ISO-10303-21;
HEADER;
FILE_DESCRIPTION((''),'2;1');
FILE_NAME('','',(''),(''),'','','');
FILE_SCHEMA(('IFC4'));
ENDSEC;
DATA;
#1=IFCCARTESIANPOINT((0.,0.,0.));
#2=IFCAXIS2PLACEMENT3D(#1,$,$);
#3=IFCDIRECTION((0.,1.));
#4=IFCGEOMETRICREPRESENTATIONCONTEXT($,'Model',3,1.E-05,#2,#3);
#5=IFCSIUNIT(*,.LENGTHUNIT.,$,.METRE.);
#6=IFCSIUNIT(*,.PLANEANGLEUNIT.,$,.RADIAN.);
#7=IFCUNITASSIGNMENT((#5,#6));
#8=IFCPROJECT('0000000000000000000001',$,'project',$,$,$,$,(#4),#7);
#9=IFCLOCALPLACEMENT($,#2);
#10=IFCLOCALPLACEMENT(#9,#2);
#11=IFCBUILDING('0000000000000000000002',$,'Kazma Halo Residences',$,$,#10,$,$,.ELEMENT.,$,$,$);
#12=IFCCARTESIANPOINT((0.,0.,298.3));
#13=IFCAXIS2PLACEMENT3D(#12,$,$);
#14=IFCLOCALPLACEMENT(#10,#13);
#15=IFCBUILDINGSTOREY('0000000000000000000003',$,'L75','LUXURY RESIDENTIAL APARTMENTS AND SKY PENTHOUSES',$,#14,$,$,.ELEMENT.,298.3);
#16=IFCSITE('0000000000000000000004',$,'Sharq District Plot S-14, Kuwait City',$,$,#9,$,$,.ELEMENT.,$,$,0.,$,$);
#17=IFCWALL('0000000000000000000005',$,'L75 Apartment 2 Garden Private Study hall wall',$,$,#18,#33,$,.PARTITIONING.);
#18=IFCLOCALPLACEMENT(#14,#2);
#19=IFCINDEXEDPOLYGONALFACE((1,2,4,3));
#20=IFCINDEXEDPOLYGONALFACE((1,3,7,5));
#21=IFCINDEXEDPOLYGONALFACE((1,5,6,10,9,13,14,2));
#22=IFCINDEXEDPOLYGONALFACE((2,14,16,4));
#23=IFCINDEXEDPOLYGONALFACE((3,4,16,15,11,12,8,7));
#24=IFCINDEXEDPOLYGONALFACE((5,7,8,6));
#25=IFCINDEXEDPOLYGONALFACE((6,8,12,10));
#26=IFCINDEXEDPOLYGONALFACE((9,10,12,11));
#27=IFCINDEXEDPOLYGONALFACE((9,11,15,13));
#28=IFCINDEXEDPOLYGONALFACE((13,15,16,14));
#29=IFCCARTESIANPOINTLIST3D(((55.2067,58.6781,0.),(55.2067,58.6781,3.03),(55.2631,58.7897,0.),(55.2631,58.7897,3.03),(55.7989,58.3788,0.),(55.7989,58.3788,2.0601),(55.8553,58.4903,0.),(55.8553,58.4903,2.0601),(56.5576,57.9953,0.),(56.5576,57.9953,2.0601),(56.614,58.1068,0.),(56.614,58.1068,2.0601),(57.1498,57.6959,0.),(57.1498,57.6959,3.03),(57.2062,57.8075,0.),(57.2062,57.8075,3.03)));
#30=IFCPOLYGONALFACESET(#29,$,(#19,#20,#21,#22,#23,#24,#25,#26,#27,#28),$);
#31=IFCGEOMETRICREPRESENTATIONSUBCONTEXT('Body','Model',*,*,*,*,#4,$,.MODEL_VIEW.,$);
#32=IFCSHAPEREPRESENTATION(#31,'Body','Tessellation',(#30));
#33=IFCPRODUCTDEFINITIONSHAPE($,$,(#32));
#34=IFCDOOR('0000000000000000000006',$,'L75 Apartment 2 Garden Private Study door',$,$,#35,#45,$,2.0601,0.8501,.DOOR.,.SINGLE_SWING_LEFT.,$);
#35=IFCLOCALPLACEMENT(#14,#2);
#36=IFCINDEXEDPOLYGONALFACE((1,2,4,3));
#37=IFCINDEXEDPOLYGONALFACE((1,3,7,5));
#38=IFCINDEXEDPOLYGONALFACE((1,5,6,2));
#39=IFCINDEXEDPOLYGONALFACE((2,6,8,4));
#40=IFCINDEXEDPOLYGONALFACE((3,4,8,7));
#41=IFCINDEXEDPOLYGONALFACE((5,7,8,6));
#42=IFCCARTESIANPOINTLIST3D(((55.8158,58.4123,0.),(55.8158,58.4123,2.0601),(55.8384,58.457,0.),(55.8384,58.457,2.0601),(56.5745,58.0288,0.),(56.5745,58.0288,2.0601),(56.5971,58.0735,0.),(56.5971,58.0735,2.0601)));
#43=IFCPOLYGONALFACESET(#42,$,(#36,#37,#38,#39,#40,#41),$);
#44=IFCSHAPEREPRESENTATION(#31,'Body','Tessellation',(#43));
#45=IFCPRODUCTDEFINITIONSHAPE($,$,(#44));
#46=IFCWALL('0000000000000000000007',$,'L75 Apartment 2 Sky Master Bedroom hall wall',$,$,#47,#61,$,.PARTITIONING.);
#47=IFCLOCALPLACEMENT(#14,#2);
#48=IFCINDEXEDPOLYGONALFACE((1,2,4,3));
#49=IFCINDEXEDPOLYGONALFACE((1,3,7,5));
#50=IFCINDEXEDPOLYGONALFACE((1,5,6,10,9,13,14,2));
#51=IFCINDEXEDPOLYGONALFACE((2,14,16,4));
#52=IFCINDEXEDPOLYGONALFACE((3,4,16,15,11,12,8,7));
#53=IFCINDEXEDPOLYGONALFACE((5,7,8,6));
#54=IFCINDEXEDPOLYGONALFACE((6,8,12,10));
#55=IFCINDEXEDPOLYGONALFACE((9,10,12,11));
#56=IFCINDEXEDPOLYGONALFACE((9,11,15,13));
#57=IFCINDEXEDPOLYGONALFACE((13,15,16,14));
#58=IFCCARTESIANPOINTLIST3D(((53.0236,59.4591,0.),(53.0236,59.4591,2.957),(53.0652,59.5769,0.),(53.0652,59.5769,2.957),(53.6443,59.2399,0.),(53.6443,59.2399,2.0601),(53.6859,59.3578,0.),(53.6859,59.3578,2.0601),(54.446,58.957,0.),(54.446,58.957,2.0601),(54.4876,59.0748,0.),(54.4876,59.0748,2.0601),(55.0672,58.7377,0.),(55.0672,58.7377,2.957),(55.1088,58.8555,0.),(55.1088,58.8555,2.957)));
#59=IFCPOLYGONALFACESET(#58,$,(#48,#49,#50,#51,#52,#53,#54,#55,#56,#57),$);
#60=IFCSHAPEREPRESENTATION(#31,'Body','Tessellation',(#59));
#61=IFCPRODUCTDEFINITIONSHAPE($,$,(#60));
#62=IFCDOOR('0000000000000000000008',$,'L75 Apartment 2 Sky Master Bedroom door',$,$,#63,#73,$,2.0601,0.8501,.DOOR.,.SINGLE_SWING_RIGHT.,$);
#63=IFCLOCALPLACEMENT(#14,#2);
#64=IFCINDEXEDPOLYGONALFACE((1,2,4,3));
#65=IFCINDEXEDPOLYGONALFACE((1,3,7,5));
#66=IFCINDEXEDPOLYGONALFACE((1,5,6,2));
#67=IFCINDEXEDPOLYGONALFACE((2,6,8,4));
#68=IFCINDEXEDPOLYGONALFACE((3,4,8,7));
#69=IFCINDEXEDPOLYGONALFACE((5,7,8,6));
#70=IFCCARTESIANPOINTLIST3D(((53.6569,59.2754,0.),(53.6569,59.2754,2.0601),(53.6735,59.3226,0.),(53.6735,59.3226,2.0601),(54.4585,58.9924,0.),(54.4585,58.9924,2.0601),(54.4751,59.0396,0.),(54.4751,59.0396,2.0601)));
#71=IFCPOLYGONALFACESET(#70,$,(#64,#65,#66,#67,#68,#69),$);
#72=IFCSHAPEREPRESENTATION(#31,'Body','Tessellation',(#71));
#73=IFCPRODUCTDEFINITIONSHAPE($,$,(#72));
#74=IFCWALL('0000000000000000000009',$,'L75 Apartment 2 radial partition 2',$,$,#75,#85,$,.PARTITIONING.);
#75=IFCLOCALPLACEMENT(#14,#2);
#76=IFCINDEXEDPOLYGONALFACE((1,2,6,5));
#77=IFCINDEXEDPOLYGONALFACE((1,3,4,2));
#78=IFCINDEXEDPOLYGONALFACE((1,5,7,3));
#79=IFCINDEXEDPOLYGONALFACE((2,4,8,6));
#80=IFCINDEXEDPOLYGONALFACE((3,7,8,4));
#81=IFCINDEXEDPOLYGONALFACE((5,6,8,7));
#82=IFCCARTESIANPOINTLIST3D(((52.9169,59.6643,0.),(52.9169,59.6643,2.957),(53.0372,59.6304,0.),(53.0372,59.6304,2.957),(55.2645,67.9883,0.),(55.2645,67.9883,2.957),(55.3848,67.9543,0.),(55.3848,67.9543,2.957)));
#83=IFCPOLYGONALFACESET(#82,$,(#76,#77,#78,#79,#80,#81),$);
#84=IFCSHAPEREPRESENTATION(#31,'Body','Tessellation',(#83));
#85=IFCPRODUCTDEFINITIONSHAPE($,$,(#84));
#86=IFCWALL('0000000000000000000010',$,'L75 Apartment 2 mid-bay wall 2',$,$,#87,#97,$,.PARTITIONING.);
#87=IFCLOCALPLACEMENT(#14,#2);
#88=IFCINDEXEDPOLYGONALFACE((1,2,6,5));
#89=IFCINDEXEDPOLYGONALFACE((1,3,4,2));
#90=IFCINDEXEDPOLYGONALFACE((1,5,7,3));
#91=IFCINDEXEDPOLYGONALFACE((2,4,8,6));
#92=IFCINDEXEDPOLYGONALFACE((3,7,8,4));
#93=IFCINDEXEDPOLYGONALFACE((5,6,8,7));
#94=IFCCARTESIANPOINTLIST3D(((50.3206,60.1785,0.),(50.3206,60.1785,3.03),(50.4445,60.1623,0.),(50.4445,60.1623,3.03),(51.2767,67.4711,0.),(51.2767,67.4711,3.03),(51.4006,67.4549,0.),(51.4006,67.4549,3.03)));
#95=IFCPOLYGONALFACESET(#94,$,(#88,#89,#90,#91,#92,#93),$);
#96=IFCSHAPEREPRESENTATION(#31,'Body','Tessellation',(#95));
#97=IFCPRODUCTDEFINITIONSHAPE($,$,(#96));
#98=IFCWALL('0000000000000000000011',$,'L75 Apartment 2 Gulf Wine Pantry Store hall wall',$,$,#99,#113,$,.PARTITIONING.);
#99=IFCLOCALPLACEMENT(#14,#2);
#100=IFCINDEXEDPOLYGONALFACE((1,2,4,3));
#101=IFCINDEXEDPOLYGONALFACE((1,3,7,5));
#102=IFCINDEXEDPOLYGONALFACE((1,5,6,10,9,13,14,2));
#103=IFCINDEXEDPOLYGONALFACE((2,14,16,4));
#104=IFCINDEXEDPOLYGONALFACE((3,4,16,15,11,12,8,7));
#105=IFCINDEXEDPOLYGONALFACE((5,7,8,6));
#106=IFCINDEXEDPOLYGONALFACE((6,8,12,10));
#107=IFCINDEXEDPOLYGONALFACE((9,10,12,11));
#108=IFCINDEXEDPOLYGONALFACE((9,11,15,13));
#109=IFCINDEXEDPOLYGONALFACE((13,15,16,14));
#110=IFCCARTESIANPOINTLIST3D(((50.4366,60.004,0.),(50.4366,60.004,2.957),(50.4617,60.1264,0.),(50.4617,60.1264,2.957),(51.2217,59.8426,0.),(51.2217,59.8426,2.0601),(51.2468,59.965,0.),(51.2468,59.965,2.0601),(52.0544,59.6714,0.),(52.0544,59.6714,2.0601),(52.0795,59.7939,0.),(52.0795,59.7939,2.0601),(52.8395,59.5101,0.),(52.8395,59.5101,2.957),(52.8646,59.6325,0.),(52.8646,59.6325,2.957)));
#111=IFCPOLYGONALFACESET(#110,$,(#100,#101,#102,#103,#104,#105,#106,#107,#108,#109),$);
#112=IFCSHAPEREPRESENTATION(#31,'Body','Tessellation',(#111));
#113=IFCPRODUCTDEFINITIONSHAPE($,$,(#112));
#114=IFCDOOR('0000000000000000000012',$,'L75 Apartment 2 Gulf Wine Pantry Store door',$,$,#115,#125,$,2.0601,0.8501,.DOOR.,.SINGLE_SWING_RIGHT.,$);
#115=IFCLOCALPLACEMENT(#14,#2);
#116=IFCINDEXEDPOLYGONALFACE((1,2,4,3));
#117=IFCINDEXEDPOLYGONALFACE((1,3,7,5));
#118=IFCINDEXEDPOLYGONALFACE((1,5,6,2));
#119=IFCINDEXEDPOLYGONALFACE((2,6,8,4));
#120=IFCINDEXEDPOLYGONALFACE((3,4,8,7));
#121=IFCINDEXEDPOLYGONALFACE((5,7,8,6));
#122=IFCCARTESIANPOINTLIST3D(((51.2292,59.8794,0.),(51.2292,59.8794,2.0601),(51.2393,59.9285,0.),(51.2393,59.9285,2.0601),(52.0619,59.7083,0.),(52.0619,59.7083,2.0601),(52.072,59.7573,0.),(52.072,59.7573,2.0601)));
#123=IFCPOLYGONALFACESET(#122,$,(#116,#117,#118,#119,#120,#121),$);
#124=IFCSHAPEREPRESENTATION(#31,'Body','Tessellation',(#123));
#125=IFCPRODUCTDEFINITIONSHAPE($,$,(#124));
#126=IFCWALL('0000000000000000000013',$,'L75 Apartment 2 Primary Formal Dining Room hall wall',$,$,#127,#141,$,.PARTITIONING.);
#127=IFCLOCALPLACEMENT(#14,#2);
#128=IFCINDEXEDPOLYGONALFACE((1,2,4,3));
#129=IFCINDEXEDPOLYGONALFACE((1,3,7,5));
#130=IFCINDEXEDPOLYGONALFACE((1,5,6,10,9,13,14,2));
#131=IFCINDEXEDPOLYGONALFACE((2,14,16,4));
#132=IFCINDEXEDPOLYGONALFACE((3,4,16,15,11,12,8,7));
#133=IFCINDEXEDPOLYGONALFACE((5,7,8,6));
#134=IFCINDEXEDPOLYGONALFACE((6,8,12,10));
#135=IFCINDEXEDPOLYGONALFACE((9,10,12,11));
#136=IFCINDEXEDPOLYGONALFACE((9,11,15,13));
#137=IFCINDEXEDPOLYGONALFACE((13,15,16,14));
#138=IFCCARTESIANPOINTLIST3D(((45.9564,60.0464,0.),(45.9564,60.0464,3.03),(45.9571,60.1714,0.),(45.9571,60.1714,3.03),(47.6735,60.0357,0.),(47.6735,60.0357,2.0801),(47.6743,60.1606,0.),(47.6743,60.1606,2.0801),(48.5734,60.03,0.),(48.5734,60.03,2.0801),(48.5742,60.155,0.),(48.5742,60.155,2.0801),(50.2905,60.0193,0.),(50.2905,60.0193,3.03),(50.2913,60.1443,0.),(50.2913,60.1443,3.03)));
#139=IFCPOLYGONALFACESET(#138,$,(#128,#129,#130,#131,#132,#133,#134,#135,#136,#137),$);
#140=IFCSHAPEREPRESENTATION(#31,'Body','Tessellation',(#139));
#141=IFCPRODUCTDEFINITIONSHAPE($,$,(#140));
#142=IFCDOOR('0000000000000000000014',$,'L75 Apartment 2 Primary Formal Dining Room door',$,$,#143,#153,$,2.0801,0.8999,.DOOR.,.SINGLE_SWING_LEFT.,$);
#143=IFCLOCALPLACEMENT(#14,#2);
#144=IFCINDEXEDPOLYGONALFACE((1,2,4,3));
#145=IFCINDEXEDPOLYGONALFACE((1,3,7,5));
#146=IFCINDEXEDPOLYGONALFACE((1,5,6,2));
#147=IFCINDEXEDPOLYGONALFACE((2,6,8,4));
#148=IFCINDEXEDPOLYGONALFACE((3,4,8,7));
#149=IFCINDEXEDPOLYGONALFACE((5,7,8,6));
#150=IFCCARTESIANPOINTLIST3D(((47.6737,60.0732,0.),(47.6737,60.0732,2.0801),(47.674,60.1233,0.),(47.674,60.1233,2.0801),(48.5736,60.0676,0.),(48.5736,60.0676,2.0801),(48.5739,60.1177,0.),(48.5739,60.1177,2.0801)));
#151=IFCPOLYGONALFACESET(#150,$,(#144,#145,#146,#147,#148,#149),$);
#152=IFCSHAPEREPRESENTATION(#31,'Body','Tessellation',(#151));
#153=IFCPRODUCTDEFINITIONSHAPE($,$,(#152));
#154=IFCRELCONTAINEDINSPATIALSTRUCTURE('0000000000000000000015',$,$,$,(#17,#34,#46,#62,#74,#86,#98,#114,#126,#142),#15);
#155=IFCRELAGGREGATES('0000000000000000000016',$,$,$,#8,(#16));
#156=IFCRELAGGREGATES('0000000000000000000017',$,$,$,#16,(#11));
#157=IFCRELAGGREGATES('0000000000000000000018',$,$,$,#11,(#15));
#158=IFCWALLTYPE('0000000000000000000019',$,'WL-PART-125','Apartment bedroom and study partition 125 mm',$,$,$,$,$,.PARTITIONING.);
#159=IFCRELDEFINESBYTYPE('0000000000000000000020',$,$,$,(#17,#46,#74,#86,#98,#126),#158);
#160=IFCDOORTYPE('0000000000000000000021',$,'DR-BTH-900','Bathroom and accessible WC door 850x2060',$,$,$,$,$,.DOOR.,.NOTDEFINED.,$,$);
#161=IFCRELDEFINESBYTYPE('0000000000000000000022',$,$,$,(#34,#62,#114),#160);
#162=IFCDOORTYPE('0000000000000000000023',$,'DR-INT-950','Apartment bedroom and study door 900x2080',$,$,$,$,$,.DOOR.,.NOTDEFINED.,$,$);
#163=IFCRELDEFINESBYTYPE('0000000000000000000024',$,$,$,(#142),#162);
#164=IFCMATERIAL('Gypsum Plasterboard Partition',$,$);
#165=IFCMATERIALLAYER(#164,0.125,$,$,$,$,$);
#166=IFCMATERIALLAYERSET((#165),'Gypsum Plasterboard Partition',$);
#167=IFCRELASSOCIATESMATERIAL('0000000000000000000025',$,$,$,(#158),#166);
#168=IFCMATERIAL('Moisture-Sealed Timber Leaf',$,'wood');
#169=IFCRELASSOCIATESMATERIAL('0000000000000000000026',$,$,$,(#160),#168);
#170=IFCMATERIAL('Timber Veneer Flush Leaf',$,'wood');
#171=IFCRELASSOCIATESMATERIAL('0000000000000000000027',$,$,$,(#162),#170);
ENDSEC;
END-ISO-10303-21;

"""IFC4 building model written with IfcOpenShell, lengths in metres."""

from ifc_helpers import new_model, si_unit, direction, frame, frame_2d, origin, place, context, subcontext, project, spatial, rectangle, extrude, material, layer, layer_set, type_object, element, fill, save


model = new_model("IFC4")

# Units and contexts
model_context = context("Model", 3, precision=1e-05, world=origin(), true_north=direction((0.0, 1.0)))
body_context = subcontext(model_context, "Body", "Model", "MODEL_VIEW")
ifc_project = project(units=[si_unit("LENGTHUNIT", "METRE"), si_unit("PLANEANGLEUNIT", "RADIAN")], contexts=[model_context])

# Site, building, storey
site_placement = place(None, origin())
site = spatial("IfcSite", under=ifc_project, at=site_placement, Name="Sharq District Plot S-14, Kuwait City", CompositionType="ELEMENT", RefElevation=0.0)
building_placement = place(site_placement, origin())
building = spatial("IfcBuilding", under=site, at=building_placement, Name="Kazma Halo Residences", CompositionType="ELEMENT")
storey_placement = place(building_placement, frame((0.0, 0.0, 298.3)))
storey = spatial("IfcBuildingStorey", under=building, at=storey_placement, Name="L75", Description="LUXURY RESIDENTIAL APARTMENTS AND SKY PENTHOUSES", CompositionType="ELEMENT", Elevation=298.3)

# Shared definitions
ifc_material_1 = material(Name="Gypsum Plasterboard Partition")
ifc_layer_1 = layer(ifc_material_1, 0.125)
ifc_layer_set_1 = layer_set([ifc_layer_1], Name="Gypsum Plasterboard Partition")
wall_type_1 = type_object("IfcWallType", Name="WL-PART-125", Description="Apartment bedroom and study partition 125 mm", PredefinedType="PARTITIONING", material=ifc_layer_set_1)

# Walls, openings, doors
wall_1_placement = place(storey_placement, frame((57.178, 57.7517, 0.0), z_axis=(0.0, 0.0, 1.0), x_axis=(-0.892468, 0.451112, 0.0)))
wall_1 = element("IfcWall", 1, at=wall_1_placement, inside=storey, type_object=wall_type_1, Name="L75 Apartment 2 Garden Private Study hall wall", PredefinedType="PARTITIONING", context=body_context, shape_type="SweptSolid", body=[
    extrude(rectangle(XDim=2.1772, YDim=0.125, at=frame_2d((1.0886, 0.0))), origin(), (0.0, 0.0, 1.0), 3.03),
])
opening_1_placement = place(wall_1_placement, frame((0.6636, 0.0, 0.0)))
opening_1 = element("IfcOpeningElement", 2, at=opening_1_placement, cuts=wall_1, PredefinedType="OPENING", context=body_context, shape_type="SweptSolid", body=[
    extrude(rectangle(XDim=0.8501, YDim=2.0601, at=frame_2d((0.425, 1.03))), frame((0.0, 0.0725, 0.0), z_axis=(0.0, -1.0, 0.0), x_axis=(1.0, 0.0, 0.0)), (0.0, 0.0, 1.0), 0.145),
])
ifc_material_2 = material(Name="Moisture-Sealed Timber Leaf", Category="wood")
door_type_1 = type_object("IfcDoorType", Name="DR-BTH-900", Description="Bathroom and accessible WC door 850x2060", OperationType="NOTDEFINED", PredefinedType="DOOR", material=ifc_material_2)
door_1_placement = place(opening_1_placement, origin())
door_1 = element("IfcDoor", 3, at=door_1_placement, inside=storey, type_object=door_type_1, Name="L75 Apartment 2 Garden Private Study door", OperationType="SINGLE_SWING_LEFT", OverallHeight=2.0601, OverallWidth=0.8501, PredefinedType="DOOR", context=body_context, shape_type="SweptSolid", body=[
    extrude(rectangle(XDim=0.8501, YDim=2.0601, at=frame_2d((0.425, 1.03))), frame((0.0, 0.0249, 0.0), z_axis=(0.0, -1.0, 0.0), x_axis=(1.0, 0.0, 0.0)), (0.0, 0.0, 1.0), 0.05),
])
fill(opening_1, door_1)
wall_2_placement = place(storey_placement, frame((55.0879, 58.7966, 0.0), z_axis=(0.0, 0.0, 1.0), x_axis=(-0.942972, 0.332873, 0.0)))
wall_2 = element("IfcWall", 4, at=wall_2_placement, inside=storey, type_object=wall_type_1, Name="L75 Apartment 2 Sky Master Bedroom hall wall", PredefinedType="PARTITIONING", context=body_context, shape_type="SweptSolid", body=[
    extrude(rectangle(XDim=2.1672, YDim=0.125, at=frame_2d((1.0835, 0.0))), origin(), (0.0, 0.0, 1.0), 2.957),
])
opening_2_placement = place(wall_2_placement, frame((0.6587, 0.0, 0.0)))
opening_2 = element("IfcOpeningElement", 5, at=opening_2_placement, cuts=wall_2, PredefinedType="OPENING", context=body_context, shape_type="SweptSolid", body=[
    extrude(rectangle(XDim=0.8501, YDim=2.0601, at=frame_2d((0.425, 1.03))), frame((0.0, 0.0725, 0.0), z_axis=(0.0, -1.0, 0.0), x_axis=(1.0, 0.0, 0.0)), (0.0, 0.0, 1.0), 0.145),
])
door_2_placement = place(opening_2_placement, origin())
door_2 = element("IfcDoor", 6, at=door_2_placement, inside=storey, type_object=door_type_1, Name="L75 Apartment 2 Sky Master Bedroom door", OperationType="SINGLE_SWING_RIGHT", OverallHeight=2.0601, OverallWidth=0.8501, PredefinedType="DOOR", context=body_context, shape_type="SweptSolid", body=[
    extrude(rectangle(XDim=0.8501, YDim=2.0601, at=frame_2d((0.425, 1.03))), frame((0.0, 0.0249, 0.0), z_axis=(0.0, -1.0, 0.0), x_axis=(1.0, 0.0, 0.0)), (0.0, 0.0, 1.0), 0.05),
])
fill(opening_2, door_2)

# Walls
wall_3_placement = place(storey_placement, frame((52.9771, 59.6475, 0.0), z_axis=(0.0, 0.0, 1.0), x_axis=(0.271446, 0.962454, 0.0)))
element("IfcWall", 7, at=wall_3_placement, inside=storey, type_object=wall_type_1, Name="L75 Apartment 2 radial partition 2", PredefinedType="PARTITIONING", context=body_context, shape_type="SweptSolid", body=[
    extrude(rectangle(XDim=8.6487, YDim=0.125, at=frame_2d((4.3242, 0.0))), origin(), (0.0, 0.0, 1.0), 2.957),
])
wall_4_placement = place(storey_placement, frame((50.3826, 60.1704, 0.0), z_axis=(0.0, 0.0, 1.0), x_axis=(0.129989, 0.991515, 0.0)))
element("IfcWall", 8, at=wall_4_placement, inside=storey, type_object=wall_type_1, Name="L75 Apartment 2 mid-bay wall 2", PredefinedType="PARTITIONING", context=body_context, shape_type="SweptSolid", body=[
    extrude(rectangle(XDim=7.355, YDim=0.125, at=frame_2d((3.6775, 0.0))), origin(), (0.0, 0.0, 1.0), 3.03),
])

# Walls, openings, doors
wall_5_placement = place(storey_placement, frame((52.8521, 59.5713, 0.0), z_axis=(0.0, 0.0, 1.0), x_axis=(-0.979522, 0.201338, 0.0)))
wall_5 = element("IfcWall", 9, at=wall_5_placement, inside=storey, type_object=wall_type_1, Name="L75 Apartment 2 Gulf Wine Pantry Store hall wall", PredefinedType="PARTITIONING", context=body_context, shape_type="SweptSolid", body=[
    extrude(rectangle(XDim=2.4531, YDim=0.125, at=frame_2d((1.2266, 0.0))), origin(), (0.0, 0.0, 1.0), 2.957),
])
opening_3_placement = place(wall_5_placement, frame((0.8015, 0.0, 0.0)))
opening_3 = element("IfcOpeningElement", 10, at=opening_3_placement, cuts=wall_5, PredefinedType="OPENING", context=body_context, shape_type="SweptSolid", body=[
    extrude(rectangle(XDim=0.8501, YDim=2.0601, at=frame_2d((0.425, 1.03))), frame((0.0, 0.0725, 0.0), z_axis=(0.0, -1.0, 0.0), x_axis=(1.0, 0.0, 0.0)), (0.0, 0.0, 1.0), 0.145),
])
door_3_placement = place(opening_3_placement, origin())
door_3 = element("IfcDoor", 11, at=door_3_placement, inside=storey, type_object=door_type_1, Name="L75 Apartment 2 Gulf Wine Pantry Store door", OperationType="SINGLE_SWING_RIGHT", OverallHeight=2.0601, OverallWidth=0.8501, PredefinedType="DOOR", context=body_context, shape_type="SweptSolid", body=[
    extrude(rectangle(XDim=0.8501, YDim=2.0601, at=frame_2d((0.425, 1.03))), frame((0.0, 0.0249, 0.0), z_axis=(0.0, -1.0, 0.0), x_axis=(1.0, 0.0, 0.0)), (0.0, 0.0, 1.0), 0.05),
])
fill(opening_3, door_3)
wall_6_placement = place(storey_placement, frame((50.2908, 60.0818, 0.0), z_axis=(0.0, 0.0, 1.0), x_axis=(-0.99998, 0.006252, 0.0)))
wall_6 = element("IfcWall", 12, at=wall_6_placement, inside=storey, type_object=wall_type_1, Name="L75 Apartment 2 Primary Formal Dining Room hall wall", PredefinedType="PARTITIONING", context=body_context, shape_type="SweptSolid", body=[
    extrude(rectangle(XDim=4.3342, YDim=0.125, at=frame_2d((2.167, 0.0))), origin(), (0.0, 0.0, 1.0), 3.03),
])
opening_4_placement = place(wall_6_placement, frame((1.717, 0.0, 0.0)))
opening_4 = element("IfcOpeningElement", 13, at=opening_4_placement, cuts=wall_6, PredefinedType="OPENING", context=body_context, shape_type="SweptSolid", body=[
    extrude(rectangle(XDim=0.8999, YDim=2.0801, at=frame_2d((0.45, 1.04))), frame((0.0, 0.0725, 0.0), z_axis=(0.0, -1.0, 0.0), x_axis=(1.0, 0.0, 0.0)), (0.0, 0.0, 1.0), 0.145),
])
ifc_material_3 = material(Name="Timber Veneer Flush Leaf", Category="wood")
door_type_2 = type_object("IfcDoorType", Name="DR-INT-950", Description="Apartment bedroom and study door 900x2080", OperationType="NOTDEFINED", PredefinedType="DOOR", material=ifc_material_3)
door_4_placement = place(opening_4_placement, origin())
door_4 = element("IfcDoor", 14, at=door_4_placement, inside=storey, type_object=door_type_2, Name="L75 Apartment 2 Primary Formal Dining Room door", OperationType="SINGLE_SWING_LEFT", OverallHeight=2.0801, OverallWidth=0.8999, PredefinedType="DOOR", context=body_context, shape_type="SweptSolid", body=[
    extrude(rectangle(XDim=0.8999, YDim=2.0801, at=frame_2d((0.45, 1.04))), frame((0.0, 0.0249, 0.0), z_axis=(0.0, -1.0, 0.0), x_axis=(1.0, 0.0, 0.0)), (0.0, 0.0, 1.0), 0.05),
])
fill(opening_4, door_4)

save(model, "model.ifc")
